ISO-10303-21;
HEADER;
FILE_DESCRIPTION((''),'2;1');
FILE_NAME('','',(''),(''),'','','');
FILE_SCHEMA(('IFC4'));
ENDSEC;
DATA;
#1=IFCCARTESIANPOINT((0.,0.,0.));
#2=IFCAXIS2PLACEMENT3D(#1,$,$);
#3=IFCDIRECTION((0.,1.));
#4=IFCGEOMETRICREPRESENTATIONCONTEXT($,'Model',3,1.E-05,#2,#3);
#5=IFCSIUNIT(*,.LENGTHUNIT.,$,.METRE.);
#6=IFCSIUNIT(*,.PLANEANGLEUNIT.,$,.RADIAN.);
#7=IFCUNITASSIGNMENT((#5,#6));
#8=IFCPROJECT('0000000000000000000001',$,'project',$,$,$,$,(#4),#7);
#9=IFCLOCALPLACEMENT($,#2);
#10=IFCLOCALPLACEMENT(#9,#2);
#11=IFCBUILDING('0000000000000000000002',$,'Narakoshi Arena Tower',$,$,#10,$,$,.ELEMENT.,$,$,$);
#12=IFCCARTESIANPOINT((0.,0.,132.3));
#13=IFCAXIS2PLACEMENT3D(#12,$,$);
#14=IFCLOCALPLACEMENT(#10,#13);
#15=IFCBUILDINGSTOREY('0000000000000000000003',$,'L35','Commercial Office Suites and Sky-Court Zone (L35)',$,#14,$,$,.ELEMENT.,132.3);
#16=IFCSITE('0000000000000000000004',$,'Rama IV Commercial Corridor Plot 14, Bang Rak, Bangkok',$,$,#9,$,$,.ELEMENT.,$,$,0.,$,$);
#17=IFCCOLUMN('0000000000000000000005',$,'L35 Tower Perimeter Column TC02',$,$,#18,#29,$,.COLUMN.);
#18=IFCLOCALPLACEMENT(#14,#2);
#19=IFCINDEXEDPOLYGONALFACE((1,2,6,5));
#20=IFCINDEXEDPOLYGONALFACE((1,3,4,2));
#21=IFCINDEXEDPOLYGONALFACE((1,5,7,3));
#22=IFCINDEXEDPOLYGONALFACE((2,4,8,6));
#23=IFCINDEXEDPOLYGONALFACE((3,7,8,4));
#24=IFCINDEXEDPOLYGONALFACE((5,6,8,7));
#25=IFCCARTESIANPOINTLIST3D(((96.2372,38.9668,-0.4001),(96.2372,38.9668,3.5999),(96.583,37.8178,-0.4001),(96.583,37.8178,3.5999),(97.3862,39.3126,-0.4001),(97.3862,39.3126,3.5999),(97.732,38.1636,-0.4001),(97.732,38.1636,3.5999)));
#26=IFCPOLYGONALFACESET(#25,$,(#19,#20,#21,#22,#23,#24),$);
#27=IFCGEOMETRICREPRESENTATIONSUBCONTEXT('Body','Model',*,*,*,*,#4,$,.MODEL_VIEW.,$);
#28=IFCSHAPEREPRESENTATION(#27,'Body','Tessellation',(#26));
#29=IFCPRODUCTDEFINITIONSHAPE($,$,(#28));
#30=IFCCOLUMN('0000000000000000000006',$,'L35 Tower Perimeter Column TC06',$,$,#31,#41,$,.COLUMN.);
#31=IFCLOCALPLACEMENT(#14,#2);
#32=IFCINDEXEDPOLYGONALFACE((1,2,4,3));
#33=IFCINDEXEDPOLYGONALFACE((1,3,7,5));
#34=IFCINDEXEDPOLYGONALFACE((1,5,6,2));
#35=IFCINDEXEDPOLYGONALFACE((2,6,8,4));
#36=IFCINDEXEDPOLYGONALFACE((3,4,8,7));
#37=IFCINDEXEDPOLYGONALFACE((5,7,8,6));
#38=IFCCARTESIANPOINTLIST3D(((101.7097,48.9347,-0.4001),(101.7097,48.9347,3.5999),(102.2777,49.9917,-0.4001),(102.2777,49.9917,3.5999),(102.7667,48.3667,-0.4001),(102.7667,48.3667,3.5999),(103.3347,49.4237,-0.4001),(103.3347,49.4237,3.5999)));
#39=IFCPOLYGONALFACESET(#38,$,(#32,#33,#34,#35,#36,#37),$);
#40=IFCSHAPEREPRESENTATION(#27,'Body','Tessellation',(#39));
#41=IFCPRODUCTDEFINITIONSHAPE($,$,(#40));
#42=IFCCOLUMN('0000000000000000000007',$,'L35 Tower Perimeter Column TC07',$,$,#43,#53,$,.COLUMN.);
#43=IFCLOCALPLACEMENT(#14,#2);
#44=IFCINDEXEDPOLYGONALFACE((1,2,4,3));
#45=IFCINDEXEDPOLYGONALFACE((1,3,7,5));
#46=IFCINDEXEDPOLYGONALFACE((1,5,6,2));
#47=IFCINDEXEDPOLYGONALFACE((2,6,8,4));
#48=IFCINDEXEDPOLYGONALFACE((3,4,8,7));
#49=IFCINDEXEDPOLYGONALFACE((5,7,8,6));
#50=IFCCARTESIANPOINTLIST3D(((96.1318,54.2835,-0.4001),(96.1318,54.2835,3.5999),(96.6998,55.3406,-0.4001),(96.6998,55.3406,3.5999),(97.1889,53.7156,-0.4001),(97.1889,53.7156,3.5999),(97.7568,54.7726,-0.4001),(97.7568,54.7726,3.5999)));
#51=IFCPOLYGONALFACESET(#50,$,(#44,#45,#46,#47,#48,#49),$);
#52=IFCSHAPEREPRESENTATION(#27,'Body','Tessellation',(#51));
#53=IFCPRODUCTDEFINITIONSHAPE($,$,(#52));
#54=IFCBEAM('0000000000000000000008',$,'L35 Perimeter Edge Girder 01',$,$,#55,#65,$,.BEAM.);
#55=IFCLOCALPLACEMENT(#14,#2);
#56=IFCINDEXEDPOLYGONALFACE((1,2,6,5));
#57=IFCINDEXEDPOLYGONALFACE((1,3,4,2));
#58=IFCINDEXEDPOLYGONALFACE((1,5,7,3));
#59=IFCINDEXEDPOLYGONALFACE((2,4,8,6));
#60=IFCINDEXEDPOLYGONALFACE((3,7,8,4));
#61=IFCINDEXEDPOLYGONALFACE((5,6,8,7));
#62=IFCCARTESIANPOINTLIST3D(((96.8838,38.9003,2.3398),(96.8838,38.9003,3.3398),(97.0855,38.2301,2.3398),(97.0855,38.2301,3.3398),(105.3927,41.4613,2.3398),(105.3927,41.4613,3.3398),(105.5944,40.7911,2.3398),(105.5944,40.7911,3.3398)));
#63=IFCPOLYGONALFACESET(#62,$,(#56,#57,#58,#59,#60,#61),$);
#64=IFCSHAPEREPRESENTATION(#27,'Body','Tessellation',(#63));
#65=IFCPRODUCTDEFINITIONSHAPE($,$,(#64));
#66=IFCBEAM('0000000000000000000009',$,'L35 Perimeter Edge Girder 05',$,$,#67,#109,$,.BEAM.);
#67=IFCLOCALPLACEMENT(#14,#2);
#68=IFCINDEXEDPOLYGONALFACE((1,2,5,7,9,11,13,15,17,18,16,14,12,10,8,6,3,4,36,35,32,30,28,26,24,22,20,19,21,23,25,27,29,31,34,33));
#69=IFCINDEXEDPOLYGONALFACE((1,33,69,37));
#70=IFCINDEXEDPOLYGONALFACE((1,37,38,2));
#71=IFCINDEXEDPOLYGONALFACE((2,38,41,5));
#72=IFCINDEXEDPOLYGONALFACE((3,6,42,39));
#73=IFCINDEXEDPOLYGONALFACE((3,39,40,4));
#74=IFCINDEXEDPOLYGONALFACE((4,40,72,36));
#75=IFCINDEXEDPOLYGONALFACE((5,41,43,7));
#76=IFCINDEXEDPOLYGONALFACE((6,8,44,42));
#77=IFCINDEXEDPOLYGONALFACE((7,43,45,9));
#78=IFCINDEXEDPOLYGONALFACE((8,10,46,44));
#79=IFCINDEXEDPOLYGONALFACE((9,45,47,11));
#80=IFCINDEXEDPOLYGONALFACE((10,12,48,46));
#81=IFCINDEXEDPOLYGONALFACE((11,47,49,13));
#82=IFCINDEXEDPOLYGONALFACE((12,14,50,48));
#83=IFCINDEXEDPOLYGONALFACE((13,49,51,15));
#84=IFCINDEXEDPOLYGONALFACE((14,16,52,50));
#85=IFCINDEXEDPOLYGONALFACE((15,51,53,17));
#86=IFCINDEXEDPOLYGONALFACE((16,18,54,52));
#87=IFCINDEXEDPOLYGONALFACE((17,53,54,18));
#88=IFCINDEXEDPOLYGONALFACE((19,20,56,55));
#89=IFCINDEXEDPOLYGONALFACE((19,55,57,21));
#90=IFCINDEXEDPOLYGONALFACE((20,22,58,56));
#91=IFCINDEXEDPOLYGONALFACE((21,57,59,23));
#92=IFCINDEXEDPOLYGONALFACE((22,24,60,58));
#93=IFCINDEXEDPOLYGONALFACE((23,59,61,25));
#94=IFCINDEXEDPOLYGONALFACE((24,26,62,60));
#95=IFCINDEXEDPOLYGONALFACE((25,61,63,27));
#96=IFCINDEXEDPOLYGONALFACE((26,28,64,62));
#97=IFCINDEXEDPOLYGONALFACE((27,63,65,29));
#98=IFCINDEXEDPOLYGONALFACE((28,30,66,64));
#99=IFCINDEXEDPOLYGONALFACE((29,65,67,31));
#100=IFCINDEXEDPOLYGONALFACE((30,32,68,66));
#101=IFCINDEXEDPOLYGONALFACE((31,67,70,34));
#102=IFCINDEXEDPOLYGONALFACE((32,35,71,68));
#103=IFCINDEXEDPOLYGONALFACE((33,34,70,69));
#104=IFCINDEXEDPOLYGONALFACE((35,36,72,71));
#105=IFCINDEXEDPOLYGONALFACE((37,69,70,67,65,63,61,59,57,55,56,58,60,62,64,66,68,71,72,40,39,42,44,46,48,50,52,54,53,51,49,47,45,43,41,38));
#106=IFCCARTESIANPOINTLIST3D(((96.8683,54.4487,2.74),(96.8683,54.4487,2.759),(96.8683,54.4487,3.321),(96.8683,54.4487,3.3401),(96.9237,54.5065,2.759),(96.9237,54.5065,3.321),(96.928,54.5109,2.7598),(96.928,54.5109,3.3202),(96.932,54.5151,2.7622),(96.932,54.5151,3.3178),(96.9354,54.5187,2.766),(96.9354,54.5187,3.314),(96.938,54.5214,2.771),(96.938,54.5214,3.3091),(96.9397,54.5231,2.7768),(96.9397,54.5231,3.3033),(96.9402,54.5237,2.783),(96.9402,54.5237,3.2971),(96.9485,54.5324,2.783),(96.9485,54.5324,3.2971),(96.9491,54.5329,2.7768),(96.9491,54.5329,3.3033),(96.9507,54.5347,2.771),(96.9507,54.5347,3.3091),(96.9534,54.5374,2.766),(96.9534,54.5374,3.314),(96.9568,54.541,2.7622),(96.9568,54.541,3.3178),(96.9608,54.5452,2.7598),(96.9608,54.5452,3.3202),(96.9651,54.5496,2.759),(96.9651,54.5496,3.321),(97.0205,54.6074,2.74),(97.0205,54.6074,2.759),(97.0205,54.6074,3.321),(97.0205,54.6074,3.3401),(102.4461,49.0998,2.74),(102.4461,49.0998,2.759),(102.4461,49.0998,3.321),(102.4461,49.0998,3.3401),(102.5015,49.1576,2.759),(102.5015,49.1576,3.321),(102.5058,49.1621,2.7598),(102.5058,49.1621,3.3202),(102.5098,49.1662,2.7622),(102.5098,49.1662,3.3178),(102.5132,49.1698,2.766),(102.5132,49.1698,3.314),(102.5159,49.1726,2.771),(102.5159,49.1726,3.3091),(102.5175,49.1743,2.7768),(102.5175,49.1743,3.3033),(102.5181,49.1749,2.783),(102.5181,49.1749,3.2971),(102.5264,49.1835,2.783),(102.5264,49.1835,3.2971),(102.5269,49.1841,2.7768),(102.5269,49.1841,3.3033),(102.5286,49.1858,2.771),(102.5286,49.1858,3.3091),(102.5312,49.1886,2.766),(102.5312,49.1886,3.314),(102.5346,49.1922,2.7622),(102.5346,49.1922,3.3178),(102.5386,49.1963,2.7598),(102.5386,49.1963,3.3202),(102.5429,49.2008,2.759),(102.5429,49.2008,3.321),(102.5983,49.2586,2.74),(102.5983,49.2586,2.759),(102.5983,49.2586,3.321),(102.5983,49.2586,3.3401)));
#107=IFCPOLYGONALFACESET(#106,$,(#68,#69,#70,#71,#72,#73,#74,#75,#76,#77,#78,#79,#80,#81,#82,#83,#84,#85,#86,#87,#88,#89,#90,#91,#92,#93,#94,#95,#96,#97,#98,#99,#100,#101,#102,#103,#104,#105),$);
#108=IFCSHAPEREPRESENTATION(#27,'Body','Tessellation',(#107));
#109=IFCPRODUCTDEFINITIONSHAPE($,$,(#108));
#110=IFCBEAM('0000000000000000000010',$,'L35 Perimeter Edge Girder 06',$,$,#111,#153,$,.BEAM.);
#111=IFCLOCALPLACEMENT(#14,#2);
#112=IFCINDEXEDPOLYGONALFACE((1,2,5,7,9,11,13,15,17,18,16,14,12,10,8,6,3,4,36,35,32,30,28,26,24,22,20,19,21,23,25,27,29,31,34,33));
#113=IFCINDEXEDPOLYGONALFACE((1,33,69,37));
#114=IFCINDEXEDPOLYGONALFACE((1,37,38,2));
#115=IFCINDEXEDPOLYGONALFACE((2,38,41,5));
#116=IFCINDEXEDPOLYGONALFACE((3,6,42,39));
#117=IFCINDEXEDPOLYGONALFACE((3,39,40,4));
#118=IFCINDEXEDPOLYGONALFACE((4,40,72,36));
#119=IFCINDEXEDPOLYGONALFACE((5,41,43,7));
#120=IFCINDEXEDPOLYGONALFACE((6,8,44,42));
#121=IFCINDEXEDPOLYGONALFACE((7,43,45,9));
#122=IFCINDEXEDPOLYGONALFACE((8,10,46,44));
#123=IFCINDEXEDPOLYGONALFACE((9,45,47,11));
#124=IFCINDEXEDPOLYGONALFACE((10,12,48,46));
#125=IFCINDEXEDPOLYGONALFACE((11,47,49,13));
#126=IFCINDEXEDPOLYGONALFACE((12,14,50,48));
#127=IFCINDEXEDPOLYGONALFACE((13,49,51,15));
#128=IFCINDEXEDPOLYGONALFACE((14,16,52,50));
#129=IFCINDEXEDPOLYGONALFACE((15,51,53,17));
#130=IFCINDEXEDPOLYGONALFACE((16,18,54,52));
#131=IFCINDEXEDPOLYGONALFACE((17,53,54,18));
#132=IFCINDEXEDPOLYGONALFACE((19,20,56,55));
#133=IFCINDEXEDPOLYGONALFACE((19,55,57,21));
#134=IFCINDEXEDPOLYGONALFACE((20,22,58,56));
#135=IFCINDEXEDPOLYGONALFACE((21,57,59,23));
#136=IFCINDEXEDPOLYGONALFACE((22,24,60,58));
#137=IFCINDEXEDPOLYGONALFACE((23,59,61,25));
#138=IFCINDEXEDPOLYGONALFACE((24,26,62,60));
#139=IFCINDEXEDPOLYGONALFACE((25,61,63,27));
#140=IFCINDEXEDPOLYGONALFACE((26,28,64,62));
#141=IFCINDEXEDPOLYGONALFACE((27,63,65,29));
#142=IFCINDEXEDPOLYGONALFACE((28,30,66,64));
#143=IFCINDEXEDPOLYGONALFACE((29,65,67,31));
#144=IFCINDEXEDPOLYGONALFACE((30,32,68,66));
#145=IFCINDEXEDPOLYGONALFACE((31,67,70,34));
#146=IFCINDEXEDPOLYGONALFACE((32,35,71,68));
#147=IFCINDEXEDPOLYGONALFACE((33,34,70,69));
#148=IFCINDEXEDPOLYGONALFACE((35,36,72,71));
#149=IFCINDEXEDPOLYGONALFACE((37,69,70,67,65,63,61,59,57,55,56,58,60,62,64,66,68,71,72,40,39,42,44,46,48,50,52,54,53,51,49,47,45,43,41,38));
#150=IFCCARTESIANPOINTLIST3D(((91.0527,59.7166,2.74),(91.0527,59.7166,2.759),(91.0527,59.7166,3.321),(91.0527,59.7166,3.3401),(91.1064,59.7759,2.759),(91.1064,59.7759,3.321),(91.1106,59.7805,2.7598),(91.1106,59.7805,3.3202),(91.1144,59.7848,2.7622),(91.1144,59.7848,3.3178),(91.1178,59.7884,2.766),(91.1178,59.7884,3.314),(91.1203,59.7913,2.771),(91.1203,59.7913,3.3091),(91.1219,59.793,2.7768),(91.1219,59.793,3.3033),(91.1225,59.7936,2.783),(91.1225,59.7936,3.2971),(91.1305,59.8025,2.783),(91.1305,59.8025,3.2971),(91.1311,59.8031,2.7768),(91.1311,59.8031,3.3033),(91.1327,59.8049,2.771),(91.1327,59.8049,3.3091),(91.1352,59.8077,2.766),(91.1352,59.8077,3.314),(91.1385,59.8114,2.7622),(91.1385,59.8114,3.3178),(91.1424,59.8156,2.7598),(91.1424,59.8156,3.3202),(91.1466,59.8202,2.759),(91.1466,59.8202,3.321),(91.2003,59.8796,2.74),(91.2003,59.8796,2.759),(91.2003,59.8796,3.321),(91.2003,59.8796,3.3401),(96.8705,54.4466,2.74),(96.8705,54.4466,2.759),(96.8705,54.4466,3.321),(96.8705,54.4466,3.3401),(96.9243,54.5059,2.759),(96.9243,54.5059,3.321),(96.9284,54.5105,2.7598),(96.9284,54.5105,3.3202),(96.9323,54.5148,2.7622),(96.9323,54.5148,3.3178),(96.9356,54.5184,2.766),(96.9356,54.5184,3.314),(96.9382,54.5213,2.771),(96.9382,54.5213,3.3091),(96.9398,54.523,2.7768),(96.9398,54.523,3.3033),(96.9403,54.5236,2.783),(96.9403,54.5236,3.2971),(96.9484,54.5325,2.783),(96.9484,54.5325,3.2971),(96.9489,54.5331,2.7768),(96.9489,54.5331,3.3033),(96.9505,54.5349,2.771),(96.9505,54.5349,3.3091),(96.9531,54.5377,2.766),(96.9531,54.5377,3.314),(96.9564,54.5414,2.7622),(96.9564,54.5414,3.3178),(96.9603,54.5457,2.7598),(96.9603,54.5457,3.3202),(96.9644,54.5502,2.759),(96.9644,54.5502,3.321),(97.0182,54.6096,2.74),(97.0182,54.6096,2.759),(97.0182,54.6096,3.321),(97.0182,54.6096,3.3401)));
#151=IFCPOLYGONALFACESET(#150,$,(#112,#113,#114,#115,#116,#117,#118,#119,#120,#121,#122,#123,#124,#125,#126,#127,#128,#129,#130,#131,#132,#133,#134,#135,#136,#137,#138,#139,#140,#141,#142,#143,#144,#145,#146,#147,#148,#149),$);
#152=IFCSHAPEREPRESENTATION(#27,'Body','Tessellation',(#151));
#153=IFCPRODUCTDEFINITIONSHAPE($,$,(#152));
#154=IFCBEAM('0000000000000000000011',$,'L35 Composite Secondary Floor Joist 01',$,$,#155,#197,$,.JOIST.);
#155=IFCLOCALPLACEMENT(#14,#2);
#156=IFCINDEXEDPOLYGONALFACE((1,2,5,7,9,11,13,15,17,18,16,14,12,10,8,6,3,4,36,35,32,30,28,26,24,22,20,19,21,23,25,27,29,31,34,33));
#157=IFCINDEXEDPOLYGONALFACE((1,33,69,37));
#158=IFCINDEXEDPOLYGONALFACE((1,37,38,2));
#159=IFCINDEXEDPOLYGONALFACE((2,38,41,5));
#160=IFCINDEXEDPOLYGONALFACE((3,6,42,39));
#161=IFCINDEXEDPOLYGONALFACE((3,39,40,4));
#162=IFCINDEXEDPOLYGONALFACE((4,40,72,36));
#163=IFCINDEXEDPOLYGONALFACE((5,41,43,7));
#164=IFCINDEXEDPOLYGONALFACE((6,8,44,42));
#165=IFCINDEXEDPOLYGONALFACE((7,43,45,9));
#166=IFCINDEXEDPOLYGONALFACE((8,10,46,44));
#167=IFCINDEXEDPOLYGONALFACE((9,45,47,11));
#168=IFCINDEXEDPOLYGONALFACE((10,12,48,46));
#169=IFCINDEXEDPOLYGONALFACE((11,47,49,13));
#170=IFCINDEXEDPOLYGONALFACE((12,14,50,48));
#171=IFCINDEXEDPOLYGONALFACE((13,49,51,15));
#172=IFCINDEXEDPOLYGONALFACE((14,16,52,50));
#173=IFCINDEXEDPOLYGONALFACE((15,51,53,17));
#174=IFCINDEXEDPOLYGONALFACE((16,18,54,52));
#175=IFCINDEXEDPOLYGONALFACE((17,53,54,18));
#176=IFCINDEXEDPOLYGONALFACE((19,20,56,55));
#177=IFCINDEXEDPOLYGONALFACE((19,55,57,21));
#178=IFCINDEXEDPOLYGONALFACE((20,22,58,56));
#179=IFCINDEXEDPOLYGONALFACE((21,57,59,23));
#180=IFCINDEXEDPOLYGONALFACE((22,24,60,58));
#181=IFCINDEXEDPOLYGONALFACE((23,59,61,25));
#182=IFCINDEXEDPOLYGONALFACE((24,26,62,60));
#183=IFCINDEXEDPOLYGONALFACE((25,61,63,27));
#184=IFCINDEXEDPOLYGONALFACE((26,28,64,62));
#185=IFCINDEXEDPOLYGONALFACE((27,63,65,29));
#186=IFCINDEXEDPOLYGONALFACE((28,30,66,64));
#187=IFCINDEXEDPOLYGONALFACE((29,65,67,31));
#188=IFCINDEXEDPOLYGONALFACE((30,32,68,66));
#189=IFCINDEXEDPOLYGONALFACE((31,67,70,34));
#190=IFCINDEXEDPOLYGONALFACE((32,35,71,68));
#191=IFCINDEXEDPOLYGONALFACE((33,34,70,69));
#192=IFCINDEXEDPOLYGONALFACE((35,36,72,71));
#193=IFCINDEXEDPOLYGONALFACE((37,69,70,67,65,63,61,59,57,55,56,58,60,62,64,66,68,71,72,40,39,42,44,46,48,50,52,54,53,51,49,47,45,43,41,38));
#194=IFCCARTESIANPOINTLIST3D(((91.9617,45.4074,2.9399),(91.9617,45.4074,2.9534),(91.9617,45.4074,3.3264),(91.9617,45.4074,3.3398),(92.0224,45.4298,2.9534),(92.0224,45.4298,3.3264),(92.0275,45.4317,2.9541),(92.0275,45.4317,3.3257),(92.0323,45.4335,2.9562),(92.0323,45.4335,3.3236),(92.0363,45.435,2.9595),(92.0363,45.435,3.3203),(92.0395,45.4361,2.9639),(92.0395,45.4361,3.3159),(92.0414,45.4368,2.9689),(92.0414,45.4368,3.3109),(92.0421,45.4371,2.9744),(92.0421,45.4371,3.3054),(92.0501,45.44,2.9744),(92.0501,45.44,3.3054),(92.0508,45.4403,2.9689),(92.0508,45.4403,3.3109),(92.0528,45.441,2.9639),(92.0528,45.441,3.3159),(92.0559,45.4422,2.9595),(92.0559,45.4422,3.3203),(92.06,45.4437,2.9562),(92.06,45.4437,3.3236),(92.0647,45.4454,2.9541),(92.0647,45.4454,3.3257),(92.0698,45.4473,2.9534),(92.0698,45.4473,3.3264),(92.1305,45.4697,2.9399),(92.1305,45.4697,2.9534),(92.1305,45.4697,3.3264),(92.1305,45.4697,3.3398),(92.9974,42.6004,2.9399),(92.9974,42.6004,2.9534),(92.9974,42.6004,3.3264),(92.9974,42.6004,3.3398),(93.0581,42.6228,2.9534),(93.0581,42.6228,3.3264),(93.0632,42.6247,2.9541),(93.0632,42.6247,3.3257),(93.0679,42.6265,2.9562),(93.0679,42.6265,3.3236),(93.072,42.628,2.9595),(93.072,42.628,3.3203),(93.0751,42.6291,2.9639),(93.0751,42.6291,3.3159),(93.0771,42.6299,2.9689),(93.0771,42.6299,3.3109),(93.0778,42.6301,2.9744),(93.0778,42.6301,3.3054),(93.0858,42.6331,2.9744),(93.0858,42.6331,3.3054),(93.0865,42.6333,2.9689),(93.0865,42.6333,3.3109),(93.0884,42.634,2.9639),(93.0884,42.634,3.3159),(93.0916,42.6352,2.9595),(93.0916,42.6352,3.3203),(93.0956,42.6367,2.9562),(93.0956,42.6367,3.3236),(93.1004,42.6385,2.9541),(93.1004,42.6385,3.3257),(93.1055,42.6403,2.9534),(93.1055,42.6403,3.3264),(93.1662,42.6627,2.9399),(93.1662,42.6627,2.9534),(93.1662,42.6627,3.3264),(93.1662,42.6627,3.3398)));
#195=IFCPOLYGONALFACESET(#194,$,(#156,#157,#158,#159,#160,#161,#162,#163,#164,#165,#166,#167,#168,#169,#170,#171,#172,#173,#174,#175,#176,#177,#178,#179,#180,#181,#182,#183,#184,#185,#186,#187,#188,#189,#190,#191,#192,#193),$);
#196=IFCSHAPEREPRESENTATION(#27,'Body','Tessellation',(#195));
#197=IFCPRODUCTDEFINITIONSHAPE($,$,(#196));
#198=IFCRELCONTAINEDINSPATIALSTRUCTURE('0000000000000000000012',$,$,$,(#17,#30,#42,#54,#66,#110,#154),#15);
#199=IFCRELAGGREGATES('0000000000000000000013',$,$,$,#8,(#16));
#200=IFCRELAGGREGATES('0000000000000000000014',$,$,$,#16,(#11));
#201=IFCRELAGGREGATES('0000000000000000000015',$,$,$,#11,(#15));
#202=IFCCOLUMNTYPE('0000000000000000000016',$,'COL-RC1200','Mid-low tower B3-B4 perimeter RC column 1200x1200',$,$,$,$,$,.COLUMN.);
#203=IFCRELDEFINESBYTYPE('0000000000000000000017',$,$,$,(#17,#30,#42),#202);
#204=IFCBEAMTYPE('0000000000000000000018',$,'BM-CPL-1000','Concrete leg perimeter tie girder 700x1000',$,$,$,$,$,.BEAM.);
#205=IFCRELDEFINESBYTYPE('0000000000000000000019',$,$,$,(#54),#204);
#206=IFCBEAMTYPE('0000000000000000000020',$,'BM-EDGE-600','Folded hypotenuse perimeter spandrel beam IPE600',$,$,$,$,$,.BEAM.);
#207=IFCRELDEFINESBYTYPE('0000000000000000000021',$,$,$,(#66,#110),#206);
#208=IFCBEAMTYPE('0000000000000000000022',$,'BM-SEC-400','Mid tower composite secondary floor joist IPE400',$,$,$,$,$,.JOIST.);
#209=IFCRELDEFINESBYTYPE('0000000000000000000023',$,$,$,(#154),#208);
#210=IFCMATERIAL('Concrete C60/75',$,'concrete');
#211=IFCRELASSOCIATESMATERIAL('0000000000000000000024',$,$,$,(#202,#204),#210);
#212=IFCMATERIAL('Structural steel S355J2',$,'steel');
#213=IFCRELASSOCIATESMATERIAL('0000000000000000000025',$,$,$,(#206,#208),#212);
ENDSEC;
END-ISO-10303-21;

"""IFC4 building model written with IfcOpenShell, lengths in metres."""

from ifc_helpers import new_model, si_unit, direction, frame, origin, origin_2d, place, context, subcontext, project, spatial, rectangle, i_section, extrude, material, material_profile, profile_set, type_object, element, save


model = new_model("IFC4")

# Units and contexts
model_context = context("Model", 3, precision=1e-05, world=origin(), true_north=direction((0.0, 1.0)))
body_context = subcontext(model_context, "Body", "Model", "MODEL_VIEW")
ifc_project = project(units=[si_unit("LENGTHUNIT", "METRE"), si_unit("PLANEANGLEUNIT", "RADIAN")], contexts=[model_context])

# Site, building, storey
site_placement = place(None, origin())
site = spatial("IfcSite", under=ifc_project, at=site_placement, Name="Rama IV Commercial Corridor Plot 14, Bang Rak, Bangkok", CompositionType="ELEMENT", RefElevation=0.0)
building_placement = place(site_placement, origin())
building = spatial("IfcBuilding", under=site, at=building_placement, Name="Narakoshi Arena Tower", CompositionType="ELEMENT")
storey_placement = place(building_placement, frame((0.0, 0.0, 132.3)))
storey = spatial("IfcBuildingStorey", under=building, at=storey_placement, Name="L35", Description="Commercial Office Suites and Sky-Court Zone (L35)", CompositionType="ELEMENT", Elevation=132.3)

# Columns
ifc_material_1 = material(Name="Concrete C60/75", Category="concrete")
ifc_material_profile_1 = material_profile(ifc_material_1, rectangle(XDim=1.2, YDim=1.2, at=origin_2d()), Name="RC1200x1200")
ifc_profile_set_1 = profile_set([ifc_material_profile_1], Name="Concrete C60/75")
column_type = type_object("IfcColumnType", Name="COL-RC1200", Description="Mid-low tower B3-B4 perimeter RC column 1200x1200", PredefinedType="COLUMN", material=ifc_profile_set_1)
for number, where, z_axis, x_axis, name in (
    (1, (96.9846, 38.5652, -0.4001), (0.0, 0.0, 1.0), (0.957571, 0.288196, 0.0), "L35 Tower Perimeter Column TC02"),
    (2, (102.5222, 49.1792, -0.4001), (0.0, 0.0, 1.0), (0.47332, 0.880891, 0.0), "L35 Tower Perimeter Column TC06"),
    (3, (96.9443, 54.5281, -0.4001), (0.0, 0.0, 1.0), (0.47332, 0.880891, 0.0), "L35 Tower Perimeter Column TC07"),
):
    element("IfcColumn", number, at=place(storey_placement, frame(where, z_axis=z_axis, x_axis=x_axis)), inside=storey, type_object=column_type, Name=name, PredefinedType="COLUMN", context=body_context, shape_type="SweptSolid", body=[
        extrude(rectangle(XDim=1.2, YDim=1.2, at=origin_2d()), origin(), (0.0, 0.0, 1.0), 4.0),
    ])

# Beams
ifc_material_profile_2 = material_profile(ifc_material_1, rectangle(XDim=0.7, YDim=1.0, at=origin_2d()), Name="RCB700x1000")
ifc_profile_set_2 = profile_set([ifc_material_profile_2], Name="Concrete C60/75")
beam_type_1 = type_object("IfcBeamType", Name="BM-CPL-1000", Description="Concrete leg perimeter tie girder 700x1000", PredefinedType="BEAM", material=ifc_profile_set_2)
beam_1_placement = place(storey_placement, frame((96.9846, 38.5652, 2.8398), z_axis=(0.957568, 0.288207, 0.0), x_axis=(-0.288207, 0.957568, 0.0)))
element("IfcBeam", 4, at=beam_1_placement, inside=storey, type_object=beam_type_1, Name="L35 Perimeter Edge Girder 01", PredefinedType="BEAM", context=body_context, shape_type="SweptSolid", body=[
    extrude(rectangle(XDim=0.7, YDim=1.0, at=origin_2d()), origin(), (0.0, 0.0, 1.0), 8.886),
])
ifc_material_2 = material(Name="Structural steel S355J2", Category="steel")
ifc_material_profile_3 = material_profile(ifc_material_2, i_section(OverallWidth=0.22, OverallDepth=0.6001, WebThickness=0.012, FlangeThickness=0.019, FilletRadius=0.0239, at=origin_2d()), Name="IPE600")
ifc_profile_set_3 = profile_set([ifc_material_profile_3], Name="Structural steel S355J2")
beam_type_2 = type_object("IfcBeamType", Name="BM-EDGE-600", Description="Folded hypotenuse perimeter spandrel beam IPE600", PredefinedType="BEAM", material=ifc_profile_set_3)
beam_2_placement = place(storey_placement, frame((102.5222, 49.1792, 3.04), z_axis=(-0.721768, 0.692135, 0.0), x_axis=(-0.692135, -0.721768, 0.0)))
element("IfcBeam", 5, at=beam_2_placement, inside=storey, type_object=beam_type_2, Name="L35 Perimeter Edge Girder 05", PredefinedType="BEAM", context=body_context, shape_type="SweptSolid", body=[
    extrude(i_section(OverallWidth=0.22, OverallDepth=0.6001, WebThickness=0.012, FlangeThickness=0.019, FilletRadius=0.0239, at=origin_2d()), origin(), (0.0, 0.0, 1.0), 7.728),
])
beam_3_placement = place(storey_placement, frame((96.9443, 54.5281, 3.04), z_axis=(-0.741141, 0.67135, 0.0), x_axis=(-0.67135, -0.741141, 0.0)))
element("IfcBeam", 6, at=beam_3_placement, inside=storey, type_object=beam_type_2, Name="L35 Perimeter Edge Girder 06", PredefinedType="BEAM", context=body_context, shape_type="SweptSolid", body=[
    extrude(i_section(OverallWidth=0.22, OverallDepth=0.6001, WebThickness=0.012, FlangeThickness=0.019, FilletRadius=0.0239, at=origin_2d()), origin(), (0.0, 0.0, 1.0), 7.8499),
])
ifc_material_profile_4 = material_profile(ifc_material_2, i_section(OverallWidth=0.1799, OverallDepth=0.3999, WebThickness=0.0085, FlangeThickness=0.0134, FilletRadius=0.021, at=origin_2d()), Name="IPE400")
ifc_profile_set_4 = profile_set([ifc_material_profile_4], Name="Structural steel S355J2")
beam_type_3 = type_object("IfcBeamType", Name="BM-SEC-400", Description="Mid tower composite secondary floor joist IPE400", PredefinedType="JOIST", material=ifc_profile_set_4)
beam_4_placement = place(storey_placement, frame((93.0818, 42.6316, 3.1399), z_axis=(-0.346155, 0.938177, 0.0), x_axis=(-0.938177, -0.346155, 0.0)))
element("IfcBeam", 7, at=beam_4_placement, inside=storey, type_object=beam_type_3, Name="L35 Composite Secondary Floor Joist 01", PredefinedType="JOIST", context=body_context, shape_type="SweptSolid", body=[
    extrude(i_section(OverallWidth=0.1799, OverallDepth=0.3999, WebThickness=0.0085, FlangeThickness=0.0134, FilletRadius=0.021, at=origin_2d()), origin(), (0.0, 0.0, 1.0), 2.9919),
])

save(model, "model.ifc")
